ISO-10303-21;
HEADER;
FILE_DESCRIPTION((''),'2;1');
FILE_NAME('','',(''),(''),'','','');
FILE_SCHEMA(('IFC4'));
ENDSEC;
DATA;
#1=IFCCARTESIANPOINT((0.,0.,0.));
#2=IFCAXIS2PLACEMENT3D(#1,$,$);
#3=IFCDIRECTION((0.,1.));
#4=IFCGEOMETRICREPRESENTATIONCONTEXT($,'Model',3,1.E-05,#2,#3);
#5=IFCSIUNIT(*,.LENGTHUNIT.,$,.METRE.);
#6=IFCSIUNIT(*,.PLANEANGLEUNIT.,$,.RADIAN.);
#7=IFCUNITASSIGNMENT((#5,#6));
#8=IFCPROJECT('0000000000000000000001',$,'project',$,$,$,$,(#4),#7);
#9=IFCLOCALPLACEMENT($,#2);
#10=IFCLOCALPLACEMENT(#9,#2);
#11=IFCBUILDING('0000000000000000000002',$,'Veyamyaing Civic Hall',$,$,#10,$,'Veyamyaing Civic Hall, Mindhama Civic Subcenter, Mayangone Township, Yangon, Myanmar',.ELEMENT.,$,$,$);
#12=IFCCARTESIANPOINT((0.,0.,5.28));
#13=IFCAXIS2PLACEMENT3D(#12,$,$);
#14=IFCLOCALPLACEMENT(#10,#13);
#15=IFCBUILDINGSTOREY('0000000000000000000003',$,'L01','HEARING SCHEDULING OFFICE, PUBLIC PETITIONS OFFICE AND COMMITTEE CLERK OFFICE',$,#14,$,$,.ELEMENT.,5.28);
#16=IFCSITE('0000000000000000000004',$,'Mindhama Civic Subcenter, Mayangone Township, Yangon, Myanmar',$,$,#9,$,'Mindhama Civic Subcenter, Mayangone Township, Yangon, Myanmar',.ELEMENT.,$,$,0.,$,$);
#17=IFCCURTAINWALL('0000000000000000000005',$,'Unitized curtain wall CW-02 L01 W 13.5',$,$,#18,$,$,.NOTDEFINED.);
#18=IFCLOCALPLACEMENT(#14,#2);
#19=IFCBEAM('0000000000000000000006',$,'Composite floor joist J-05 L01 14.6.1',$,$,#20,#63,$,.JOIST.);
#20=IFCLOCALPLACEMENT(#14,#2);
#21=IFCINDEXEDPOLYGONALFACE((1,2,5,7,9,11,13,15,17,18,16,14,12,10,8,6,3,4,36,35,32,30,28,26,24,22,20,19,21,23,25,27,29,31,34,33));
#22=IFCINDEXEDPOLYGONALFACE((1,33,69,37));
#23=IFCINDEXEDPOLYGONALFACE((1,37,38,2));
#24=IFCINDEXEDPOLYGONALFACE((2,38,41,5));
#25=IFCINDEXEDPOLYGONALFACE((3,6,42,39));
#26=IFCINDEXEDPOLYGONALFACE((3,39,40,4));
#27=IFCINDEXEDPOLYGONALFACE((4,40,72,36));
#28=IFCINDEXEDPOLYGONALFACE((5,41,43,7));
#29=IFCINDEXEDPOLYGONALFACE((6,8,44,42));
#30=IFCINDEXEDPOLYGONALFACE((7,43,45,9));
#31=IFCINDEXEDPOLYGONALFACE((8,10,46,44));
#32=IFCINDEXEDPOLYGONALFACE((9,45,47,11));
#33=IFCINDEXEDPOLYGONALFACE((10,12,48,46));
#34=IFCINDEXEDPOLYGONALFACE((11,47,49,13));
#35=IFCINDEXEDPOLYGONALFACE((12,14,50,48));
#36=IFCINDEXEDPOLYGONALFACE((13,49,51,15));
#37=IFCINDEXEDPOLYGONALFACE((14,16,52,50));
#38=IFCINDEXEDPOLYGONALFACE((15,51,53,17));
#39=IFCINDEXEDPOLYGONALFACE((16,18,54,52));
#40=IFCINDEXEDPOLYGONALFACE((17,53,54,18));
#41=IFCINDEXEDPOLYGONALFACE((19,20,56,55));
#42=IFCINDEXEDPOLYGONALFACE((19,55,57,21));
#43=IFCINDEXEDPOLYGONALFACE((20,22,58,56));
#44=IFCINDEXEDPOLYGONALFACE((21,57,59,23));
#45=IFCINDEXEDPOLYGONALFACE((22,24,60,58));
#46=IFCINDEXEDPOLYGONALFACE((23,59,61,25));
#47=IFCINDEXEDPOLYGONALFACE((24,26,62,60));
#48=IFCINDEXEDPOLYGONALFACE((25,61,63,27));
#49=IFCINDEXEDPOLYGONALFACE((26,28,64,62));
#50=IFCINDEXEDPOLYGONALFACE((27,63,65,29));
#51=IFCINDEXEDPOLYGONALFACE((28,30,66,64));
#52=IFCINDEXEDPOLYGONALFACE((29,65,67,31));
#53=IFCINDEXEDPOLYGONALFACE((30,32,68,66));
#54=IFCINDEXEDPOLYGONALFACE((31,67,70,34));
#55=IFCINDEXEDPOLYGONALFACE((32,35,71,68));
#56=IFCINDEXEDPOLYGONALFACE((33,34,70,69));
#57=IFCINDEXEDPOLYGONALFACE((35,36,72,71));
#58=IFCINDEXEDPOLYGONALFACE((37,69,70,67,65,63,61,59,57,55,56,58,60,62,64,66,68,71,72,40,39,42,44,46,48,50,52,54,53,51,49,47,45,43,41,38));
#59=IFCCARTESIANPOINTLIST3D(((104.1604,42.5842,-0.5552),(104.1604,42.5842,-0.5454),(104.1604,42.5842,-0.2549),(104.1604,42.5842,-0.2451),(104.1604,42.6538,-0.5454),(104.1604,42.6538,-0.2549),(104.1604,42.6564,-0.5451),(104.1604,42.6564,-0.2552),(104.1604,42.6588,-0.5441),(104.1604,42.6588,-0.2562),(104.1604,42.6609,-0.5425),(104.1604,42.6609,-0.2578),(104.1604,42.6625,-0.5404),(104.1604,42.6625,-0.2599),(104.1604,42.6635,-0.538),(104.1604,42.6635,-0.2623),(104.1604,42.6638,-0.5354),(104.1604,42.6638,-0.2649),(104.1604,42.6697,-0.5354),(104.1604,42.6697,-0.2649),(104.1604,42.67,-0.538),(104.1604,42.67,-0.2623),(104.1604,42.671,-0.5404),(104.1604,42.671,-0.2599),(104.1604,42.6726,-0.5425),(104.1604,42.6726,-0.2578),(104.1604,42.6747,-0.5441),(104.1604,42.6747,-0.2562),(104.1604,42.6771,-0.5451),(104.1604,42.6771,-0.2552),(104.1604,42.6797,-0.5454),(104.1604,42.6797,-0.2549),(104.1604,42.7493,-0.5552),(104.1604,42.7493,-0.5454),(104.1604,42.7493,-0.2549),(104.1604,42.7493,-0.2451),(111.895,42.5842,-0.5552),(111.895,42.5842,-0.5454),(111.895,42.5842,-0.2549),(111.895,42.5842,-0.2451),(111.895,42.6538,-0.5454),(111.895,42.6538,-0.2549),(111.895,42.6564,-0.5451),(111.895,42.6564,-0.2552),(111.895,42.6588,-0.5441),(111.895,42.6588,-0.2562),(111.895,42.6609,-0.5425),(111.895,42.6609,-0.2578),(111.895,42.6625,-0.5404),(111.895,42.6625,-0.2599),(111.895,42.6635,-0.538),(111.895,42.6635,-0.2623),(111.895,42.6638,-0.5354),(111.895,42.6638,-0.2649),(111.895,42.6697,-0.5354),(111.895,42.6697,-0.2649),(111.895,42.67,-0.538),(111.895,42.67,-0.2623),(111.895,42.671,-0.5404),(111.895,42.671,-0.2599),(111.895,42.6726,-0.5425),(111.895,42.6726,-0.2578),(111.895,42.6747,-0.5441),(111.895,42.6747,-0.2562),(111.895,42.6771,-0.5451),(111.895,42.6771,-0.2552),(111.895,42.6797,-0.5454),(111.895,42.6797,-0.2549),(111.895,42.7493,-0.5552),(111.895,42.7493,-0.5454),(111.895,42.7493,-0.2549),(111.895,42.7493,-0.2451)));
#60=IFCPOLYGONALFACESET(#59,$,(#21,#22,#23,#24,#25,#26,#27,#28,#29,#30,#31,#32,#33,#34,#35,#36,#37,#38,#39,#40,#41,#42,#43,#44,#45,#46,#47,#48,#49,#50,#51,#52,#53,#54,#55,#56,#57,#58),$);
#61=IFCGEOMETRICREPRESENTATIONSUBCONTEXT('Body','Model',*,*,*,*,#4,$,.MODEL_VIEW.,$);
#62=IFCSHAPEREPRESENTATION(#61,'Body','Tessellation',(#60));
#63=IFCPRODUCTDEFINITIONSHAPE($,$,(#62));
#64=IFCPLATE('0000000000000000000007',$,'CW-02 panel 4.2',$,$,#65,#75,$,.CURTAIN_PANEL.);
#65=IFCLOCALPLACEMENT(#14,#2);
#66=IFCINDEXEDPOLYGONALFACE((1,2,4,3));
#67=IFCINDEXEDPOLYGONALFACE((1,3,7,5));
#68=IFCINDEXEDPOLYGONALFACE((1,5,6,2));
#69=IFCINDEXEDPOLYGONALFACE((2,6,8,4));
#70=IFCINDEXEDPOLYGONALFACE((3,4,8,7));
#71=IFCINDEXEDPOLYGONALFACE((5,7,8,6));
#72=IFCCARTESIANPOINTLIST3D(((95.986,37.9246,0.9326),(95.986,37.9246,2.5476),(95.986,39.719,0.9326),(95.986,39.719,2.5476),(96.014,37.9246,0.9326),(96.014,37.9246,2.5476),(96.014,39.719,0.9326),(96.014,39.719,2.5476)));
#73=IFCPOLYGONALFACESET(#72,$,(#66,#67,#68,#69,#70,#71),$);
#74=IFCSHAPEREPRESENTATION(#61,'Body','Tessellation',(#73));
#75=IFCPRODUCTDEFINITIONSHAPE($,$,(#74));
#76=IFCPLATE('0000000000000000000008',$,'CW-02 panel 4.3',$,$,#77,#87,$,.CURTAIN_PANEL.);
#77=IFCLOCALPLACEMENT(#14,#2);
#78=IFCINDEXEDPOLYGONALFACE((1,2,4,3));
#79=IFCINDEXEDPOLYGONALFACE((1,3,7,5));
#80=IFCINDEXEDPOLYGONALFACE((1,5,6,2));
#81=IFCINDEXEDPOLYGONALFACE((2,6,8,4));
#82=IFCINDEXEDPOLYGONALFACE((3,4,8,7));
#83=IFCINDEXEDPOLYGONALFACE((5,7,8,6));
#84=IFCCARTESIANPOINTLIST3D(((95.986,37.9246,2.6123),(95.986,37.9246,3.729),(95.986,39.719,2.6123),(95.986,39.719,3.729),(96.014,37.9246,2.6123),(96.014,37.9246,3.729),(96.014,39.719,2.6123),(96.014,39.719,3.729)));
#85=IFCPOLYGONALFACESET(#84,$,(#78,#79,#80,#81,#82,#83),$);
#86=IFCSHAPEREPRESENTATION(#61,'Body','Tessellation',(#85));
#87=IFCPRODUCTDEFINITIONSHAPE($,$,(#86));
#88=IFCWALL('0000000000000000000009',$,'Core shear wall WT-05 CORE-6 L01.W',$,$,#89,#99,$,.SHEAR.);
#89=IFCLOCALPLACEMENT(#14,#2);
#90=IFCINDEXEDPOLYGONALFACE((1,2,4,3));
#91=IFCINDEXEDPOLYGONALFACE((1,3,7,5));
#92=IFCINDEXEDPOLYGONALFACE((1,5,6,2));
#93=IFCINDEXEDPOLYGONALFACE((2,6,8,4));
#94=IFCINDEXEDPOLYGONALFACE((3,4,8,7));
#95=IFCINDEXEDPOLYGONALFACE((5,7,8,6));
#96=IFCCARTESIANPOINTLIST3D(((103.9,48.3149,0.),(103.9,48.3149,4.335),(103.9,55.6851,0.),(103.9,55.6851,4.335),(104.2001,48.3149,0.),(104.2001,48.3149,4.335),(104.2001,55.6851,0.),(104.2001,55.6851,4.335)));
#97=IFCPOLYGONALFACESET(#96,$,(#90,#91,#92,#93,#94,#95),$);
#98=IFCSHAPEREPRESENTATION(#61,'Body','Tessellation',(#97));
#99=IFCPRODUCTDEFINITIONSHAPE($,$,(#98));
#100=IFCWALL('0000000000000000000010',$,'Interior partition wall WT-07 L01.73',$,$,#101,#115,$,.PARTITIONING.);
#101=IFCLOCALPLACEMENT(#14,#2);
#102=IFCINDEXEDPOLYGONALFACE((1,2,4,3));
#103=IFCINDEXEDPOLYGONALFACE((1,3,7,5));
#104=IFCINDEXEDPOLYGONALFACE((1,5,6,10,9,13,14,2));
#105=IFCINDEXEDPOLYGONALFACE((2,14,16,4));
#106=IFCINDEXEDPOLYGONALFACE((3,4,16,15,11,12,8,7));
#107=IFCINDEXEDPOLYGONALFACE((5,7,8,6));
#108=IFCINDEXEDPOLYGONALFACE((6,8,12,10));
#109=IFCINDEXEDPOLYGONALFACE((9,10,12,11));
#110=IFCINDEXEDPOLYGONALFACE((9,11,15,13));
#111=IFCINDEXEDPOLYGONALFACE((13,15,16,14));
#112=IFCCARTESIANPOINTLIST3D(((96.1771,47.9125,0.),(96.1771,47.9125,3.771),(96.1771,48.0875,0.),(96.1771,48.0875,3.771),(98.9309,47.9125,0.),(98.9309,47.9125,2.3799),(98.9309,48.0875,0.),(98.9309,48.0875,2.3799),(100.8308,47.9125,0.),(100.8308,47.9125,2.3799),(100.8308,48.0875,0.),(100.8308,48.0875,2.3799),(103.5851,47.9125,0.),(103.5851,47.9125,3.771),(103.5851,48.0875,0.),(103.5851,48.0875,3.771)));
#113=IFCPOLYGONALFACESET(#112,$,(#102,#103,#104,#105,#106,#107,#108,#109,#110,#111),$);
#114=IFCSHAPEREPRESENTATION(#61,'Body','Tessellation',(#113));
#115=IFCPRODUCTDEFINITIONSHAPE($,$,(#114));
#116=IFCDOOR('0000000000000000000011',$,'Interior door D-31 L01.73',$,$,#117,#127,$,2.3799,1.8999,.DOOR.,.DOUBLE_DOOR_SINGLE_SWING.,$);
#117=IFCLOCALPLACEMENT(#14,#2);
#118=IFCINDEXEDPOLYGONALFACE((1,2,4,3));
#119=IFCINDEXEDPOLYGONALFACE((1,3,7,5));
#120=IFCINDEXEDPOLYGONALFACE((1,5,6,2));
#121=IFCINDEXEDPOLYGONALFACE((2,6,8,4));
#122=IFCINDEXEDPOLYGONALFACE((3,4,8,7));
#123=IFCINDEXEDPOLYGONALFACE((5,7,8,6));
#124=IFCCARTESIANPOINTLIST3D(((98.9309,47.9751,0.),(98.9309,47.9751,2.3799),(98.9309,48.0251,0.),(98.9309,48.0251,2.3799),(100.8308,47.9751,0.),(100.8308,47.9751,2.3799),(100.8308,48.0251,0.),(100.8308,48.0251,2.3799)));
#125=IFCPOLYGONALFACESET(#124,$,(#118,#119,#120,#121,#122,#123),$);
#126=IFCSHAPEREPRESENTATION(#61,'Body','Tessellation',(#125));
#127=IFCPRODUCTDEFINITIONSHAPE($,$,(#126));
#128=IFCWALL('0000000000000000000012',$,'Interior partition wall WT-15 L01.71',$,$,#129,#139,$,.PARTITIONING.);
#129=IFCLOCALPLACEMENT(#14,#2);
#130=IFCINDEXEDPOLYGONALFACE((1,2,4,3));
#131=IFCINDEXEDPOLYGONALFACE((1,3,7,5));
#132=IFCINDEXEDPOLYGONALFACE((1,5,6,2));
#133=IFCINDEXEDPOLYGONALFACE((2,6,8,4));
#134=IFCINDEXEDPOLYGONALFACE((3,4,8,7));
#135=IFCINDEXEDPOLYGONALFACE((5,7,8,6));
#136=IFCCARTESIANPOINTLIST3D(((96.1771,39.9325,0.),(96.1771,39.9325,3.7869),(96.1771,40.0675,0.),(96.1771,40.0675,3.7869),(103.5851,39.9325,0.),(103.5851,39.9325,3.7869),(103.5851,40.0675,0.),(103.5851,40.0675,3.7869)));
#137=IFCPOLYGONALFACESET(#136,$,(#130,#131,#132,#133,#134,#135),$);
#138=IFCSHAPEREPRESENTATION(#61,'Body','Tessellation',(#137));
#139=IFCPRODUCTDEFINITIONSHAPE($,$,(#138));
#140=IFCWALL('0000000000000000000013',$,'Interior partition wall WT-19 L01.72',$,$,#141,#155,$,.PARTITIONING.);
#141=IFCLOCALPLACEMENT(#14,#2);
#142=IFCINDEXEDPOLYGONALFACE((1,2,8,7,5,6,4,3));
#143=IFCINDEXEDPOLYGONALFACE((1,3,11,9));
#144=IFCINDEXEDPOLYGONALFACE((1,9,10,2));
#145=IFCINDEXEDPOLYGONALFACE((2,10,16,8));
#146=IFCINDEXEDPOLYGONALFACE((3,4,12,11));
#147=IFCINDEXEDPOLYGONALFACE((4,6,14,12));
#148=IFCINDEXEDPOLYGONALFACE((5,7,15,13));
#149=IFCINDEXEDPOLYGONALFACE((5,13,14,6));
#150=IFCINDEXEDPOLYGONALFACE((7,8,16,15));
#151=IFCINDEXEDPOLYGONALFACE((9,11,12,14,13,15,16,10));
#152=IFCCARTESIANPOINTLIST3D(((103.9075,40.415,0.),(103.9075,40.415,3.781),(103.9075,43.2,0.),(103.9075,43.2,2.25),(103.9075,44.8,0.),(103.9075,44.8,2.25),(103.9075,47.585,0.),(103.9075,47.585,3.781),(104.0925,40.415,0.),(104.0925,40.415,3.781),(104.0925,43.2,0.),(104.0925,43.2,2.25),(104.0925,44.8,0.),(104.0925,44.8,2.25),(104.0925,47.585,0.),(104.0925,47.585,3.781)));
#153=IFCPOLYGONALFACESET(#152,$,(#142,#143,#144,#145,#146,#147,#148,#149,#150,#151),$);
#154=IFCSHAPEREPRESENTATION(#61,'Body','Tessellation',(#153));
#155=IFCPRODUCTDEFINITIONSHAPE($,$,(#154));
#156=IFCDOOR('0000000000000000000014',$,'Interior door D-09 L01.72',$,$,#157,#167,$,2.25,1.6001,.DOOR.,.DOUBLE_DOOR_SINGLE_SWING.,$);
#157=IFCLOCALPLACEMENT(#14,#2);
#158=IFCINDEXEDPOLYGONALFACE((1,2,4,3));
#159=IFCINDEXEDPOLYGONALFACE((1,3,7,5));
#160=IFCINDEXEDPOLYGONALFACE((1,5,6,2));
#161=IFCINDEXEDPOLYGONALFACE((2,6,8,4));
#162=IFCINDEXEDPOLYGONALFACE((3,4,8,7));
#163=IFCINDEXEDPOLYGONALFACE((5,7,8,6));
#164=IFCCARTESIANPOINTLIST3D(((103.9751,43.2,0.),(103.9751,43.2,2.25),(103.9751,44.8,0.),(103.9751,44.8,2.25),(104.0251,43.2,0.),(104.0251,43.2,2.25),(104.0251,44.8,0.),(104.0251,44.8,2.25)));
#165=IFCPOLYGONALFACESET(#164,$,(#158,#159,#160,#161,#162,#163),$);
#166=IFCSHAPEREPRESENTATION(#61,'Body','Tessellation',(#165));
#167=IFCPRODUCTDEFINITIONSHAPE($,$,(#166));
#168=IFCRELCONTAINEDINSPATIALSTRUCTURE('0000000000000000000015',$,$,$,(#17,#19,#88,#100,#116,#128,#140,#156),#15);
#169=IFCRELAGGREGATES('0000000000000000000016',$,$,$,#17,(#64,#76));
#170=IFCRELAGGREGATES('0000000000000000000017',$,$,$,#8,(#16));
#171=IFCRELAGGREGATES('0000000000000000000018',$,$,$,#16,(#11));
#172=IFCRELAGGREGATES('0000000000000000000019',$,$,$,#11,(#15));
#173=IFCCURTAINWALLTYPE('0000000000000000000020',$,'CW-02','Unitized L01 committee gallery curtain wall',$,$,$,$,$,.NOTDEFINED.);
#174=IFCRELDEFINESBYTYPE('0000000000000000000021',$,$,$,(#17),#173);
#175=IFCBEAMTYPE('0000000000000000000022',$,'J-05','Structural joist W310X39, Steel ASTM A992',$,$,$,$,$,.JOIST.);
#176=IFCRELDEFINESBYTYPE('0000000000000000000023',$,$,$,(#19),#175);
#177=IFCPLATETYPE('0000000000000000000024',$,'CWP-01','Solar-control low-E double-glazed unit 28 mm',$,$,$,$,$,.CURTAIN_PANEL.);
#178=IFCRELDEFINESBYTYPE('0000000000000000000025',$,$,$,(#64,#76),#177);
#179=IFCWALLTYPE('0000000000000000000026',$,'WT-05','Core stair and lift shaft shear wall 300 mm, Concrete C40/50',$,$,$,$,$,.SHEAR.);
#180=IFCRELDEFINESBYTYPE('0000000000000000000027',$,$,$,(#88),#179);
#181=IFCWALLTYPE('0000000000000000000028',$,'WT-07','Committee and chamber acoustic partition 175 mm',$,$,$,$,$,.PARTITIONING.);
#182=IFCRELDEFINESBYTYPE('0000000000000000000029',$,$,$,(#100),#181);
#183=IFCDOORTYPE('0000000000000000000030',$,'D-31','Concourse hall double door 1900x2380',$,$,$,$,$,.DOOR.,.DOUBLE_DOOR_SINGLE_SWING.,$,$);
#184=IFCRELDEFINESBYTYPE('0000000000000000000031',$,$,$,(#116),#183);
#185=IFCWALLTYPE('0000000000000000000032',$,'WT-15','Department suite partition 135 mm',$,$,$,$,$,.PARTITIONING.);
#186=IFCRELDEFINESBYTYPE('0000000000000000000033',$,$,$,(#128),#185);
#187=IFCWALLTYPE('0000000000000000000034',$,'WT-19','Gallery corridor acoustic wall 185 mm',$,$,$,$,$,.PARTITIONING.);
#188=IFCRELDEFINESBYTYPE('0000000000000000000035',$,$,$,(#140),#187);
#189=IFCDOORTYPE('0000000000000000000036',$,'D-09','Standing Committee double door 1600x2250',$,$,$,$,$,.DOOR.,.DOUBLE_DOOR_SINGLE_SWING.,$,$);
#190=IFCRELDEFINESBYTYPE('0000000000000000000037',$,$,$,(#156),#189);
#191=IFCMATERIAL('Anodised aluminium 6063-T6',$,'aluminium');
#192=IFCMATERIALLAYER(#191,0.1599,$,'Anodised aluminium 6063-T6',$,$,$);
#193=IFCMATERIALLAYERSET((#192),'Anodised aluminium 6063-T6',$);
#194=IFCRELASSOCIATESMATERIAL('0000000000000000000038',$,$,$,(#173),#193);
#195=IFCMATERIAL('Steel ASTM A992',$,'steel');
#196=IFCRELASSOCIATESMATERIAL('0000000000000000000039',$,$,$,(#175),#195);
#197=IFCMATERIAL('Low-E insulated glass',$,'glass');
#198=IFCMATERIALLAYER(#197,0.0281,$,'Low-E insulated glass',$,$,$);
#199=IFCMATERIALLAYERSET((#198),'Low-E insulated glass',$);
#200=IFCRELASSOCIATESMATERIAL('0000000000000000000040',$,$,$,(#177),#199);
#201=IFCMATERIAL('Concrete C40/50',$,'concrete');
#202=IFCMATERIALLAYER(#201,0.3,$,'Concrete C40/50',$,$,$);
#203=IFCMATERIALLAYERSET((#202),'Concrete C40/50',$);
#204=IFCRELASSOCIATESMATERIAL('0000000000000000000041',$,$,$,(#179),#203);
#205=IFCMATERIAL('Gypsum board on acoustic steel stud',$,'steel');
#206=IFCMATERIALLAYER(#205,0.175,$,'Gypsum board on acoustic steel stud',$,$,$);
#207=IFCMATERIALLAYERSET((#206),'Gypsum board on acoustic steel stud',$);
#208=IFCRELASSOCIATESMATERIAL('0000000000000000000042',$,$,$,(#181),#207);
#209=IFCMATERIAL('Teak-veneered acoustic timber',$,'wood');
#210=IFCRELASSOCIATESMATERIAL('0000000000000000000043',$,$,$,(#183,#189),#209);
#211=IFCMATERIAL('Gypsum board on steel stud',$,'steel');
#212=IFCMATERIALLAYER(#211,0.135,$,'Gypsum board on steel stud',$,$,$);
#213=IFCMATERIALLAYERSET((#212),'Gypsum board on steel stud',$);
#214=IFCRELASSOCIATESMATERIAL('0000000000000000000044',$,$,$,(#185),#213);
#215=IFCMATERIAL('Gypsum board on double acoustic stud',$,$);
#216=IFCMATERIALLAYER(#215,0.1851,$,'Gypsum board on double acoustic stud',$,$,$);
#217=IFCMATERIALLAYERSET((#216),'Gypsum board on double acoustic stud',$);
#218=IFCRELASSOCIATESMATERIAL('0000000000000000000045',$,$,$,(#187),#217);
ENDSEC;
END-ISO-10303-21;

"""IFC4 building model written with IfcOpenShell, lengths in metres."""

from ifc_helpers import new_model, si_unit, direction, frame, frame_2d, origin, origin_2d, place, context, subcontext, project, spatial, rectangle, i_section, extrude, material, layer, layer_set, material_profile, profile_set, type_object, element, fill, aggregate, save


model = new_model("IFC4")

# Units and contexts
model_context = context("Model", 3, precision=1e-05, world=origin(), true_north=direction((0.0, 1.0)))
body_context = subcontext(model_context, "Body", "Model", "MODEL_VIEW")
ifc_project = project(units=[si_unit("LENGTHUNIT", "METRE"), si_unit("PLANEANGLEUNIT", "RADIAN")], contexts=[model_context])

# Site, building, storey
site_placement = place(None, origin())
site = spatial("IfcSite", under=ifc_project, at=site_placement, Name="Mindhama Civic Subcenter, Mayangone Township, Yangon, Myanmar", LongName="Mindhama Civic Subcenter, Mayangone Township, Yangon, Myanmar", CompositionType="ELEMENT", RefElevation=0.0)
building_placement = place(site_placement, origin())
building = spatial("IfcBuilding", under=site, at=building_placement, Name="Veyamyaing Civic Hall", LongName="Veyamyaing Civic Hall, Mindhama Civic Subcenter, Mayangone Township, Yangon, Myanmar", CompositionType="ELEMENT")
storey_placement = place(building_placement, frame((0.0, 0.0, 5.28)))
storey = spatial("IfcBuildingStorey", under=building, at=storey_placement, Name="L01", Description="HEARING SCHEDULING OFFICE, PUBLIC PETITIONS OFFICE AND COMMITTEE CLERK OFFICE", CompositionType="ELEMENT", Elevation=5.28)

# Shared definitions
ifc_material_1 = material(Name="Steel ASTM A992", Category="steel")

# Curtain wall
ifc_material_2 = material(Name="Anodised aluminium 6063-T6", Category="aluminium")
ifc_layer_1 = layer(ifc_material_2, 0.1599, Name="Anodised aluminium 6063-T6")
ifc_layer_set_1 = layer_set([ifc_layer_1], Name="Anodised aluminium 6063-T6")
curtain_wall_type = type_object("IfcCurtainWallType", Name="CW-02", Description="Unitized L01 committee gallery curtain wall", PredefinedType="NOTDEFINED", material=ifc_layer_set_1)
curtain_wall_placement = place(storey_placement, origin())
curtain_wall = element("IfcCurtainWall", 1, at=curtain_wall_placement, inside=storey, type_object=curtain_wall_type, Name="Unitized curtain wall CW-02 L01 W 13.5", PredefinedType="NOTDEFINED")

# Beam
ifc_material_profile_1 = material_profile(ifc_material_1, i_section(OverallWidth=0.165, OverallDepth=0.3101, WebThickness=0.0059, FlangeThickness=0.0098, FilletRadius=0.01, at=origin_2d()), Name="W310X39")
ifc_profile_set_1 = profile_set([ifc_material_profile_1], Name="Steel ASTM A992")
beam_type_1 = type_object("IfcBeamType", Name="J-05", Description="Structural joist W310X39, Steel ASTM A992", PredefinedType="JOIST", material=ifc_profile_set_1)
beam_1_placement = place(storey_placement, frame((104.1604, 42.6667, -0.4001), z_axis=(1.0, 0.0, 0.0), x_axis=(0.0, 1.0, 0.0)))
element("IfcBeam", 2, at=beam_1_placement, inside=storey, type_object=beam_type_1, Name="Composite floor joist J-05 L01 14.6.1", PredefinedType="JOIST", context=body_context, shape_type="SweptSolid", body=[
    extrude(i_section(OverallWidth=0.165, OverallDepth=0.3101, WebThickness=0.0059, FlangeThickness=0.0098, FilletRadius=0.01, at=origin_2d()), origin(), (0.0, 0.0, 1.0), 7.7346),
])

# Plates
ifc_material_3 = material(Name="Low-E insulated glass", Category="glass")
ifc_layer_2 = layer(ifc_material_3, 0.0281, Name="Low-E insulated glass")
ifc_layer_set_2 = layer_set([ifc_layer_2], Name="Low-E insulated glass")
plate_type = type_object("IfcPlateType", Name="CWP-01", Description="Solar-control low-E double-glazed unit 28 mm", PredefinedType="CURTAIN_PANEL", material=ifc_layer_set_2)
plate_1_placement = place(storey_placement, frame((96.0, 38.8218, 0.9326), z_axis=(0.0, 0.0, 1.0), x_axis=(0.0, 1.0, 0.0)))
plate_1 = element("IfcPlate", 3, at=plate_1_placement, type_object=plate_type, Name="CW-02 panel 4.2", PredefinedType="CURTAIN_PANEL", context=body_context, shape_type="SweptSolid", body=[
    extrude(rectangle(XDim=1.7944, YDim=0.0281, at=origin_2d()), origin(), (0.0, 0.0, 1.0), 1.615),
])
plate_2_placement = place(storey_placement, frame((96.0, 38.8218, 2.6123), z_axis=(0.0, 0.0, 1.0), x_axis=(0.0, 1.0, 0.0)))
plate_2 = element("IfcPlate", 4, at=plate_2_placement, type_object=plate_type, Name="CW-02 panel 4.3", PredefinedType="CURTAIN_PANEL", context=body_context, shape_type="SweptSolid", body=[
    extrude(rectangle(XDim=1.7944, YDim=0.0281, at=origin_2d()), origin(), (0.0, 0.0, 1.0), 1.1167),
])
aggregate(curtain_wall, [plate_1, plate_2])

# Wall
ifc_material_4 = material(Name="Concrete C40/50", Category="concrete")
ifc_layer_3 = layer(ifc_material_4, 0.3, Name="Concrete C40/50")
ifc_layer_set_3 = layer_set([ifc_layer_3], Name="Concrete C40/50")
wall_type_1 = type_object("IfcWallType", Name="WT-05", Description="Core stair and lift shaft shear wall 300 mm, Concrete C40/50", PredefinedType="SHEAR", material=ifc_layer_set_3)
wall_1_placement = place(storey_placement, frame((104.05, 48.3149, 0.0), z_axis=(0.0, 0.0, 1.0), x_axis=(0.0, 1.0, 0.0)))
element("IfcWall", 5, at=wall_1_placement, inside=storey, type_object=wall_type_1, Name="Core shear wall WT-05 CORE-6 L01.W", PredefinedType="SHEAR", context=body_context, shape_type="SweptSolid", body=[
    extrude(rectangle(XDim=7.3701, YDim=0.3, at=frame_2d((3.6851, 0.0))), origin(), (0.0, 0.0, 1.0), 4.335),
])

# Wall, opening, door
ifc_material_5 = material(Name="Gypsum board on acoustic steel stud", Category="steel")
ifc_layer_4 = layer(ifc_material_5, 0.175, Name="Gypsum board on acoustic steel stud")
ifc_layer_set_4 = layer_set([ifc_layer_4], Name="Gypsum board on acoustic steel stud")
wall_type_2 = type_object("IfcWallType", Name="WT-07", Description="Committee and chamber acoustic partition 175 mm", PredefinedType="PARTITIONING", material=ifc_layer_set_4)
wall_2_placement = place(storey_placement, frame((96.177, 48.0, 0.0), z_axis=(0.0, 0.0, 1.0), x_axis=(1.0, 0.0, 0.0)))
wall_2 = element("IfcWall", 6, at=wall_2_placement, inside=storey, type_object=wall_type_2, Name="Interior partition wall WT-07 L01.73", PredefinedType="PARTITIONING", context=body_context, shape_type="SweptSolid", body=[
    extrude(rectangle(XDim=7.408, YDim=0.175, at=frame_2d((3.7041, 0.0))), origin(), (0.0, 0.0, 1.0), 3.771),
])
opening_1_placement = place(wall_2_placement, frame((2.7539, 0.0, 0.0)))
opening_1 = element("IfcOpeningElement", 7, at=opening_1_placement, cuts=wall_2, PredefinedType="OPENING", context=body_context, shape_type="SweptSolid", body=[
    extrude(rectangle(XDim=1.8999, YDim=2.3799, at=frame_2d((0.95, 1.1899))), frame((0.0, 0.0974, 0.0), z_axis=(0.0, -1.0, 0.0), x_axis=(1.0, 0.0, 0.0)), (0.0, 0.0, 1.0), 0.1951),
])
ifc_material_6 = material(Name="Teak-veneered acoustic timber", Category="wood")
door_type_1 = type_object("IfcDoorType", Name="D-31", Description="Concourse hall double door 1900x2380", OperationType="DOUBLE_DOOR_SINGLE_SWING", PredefinedType="DOOR", material=ifc_material_6)
door_1_placement = place(opening_1_placement, frame((1.8999, 0.0, 0.0), z_axis=(0.0, 0.0, 1.0), x_axis=(-1.0, 0.0, 0.0)))
door_1 = element("IfcDoor", 8, at=door_1_placement, inside=storey, type_object=door_type_1, Name="Interior door D-31 L01.73", OperationType="DOUBLE_DOOR_SINGLE_SWING", OverallHeight=2.3799, OverallWidth=1.8999, PredefinedType="DOOR", context=body_context, shape_type="SweptSolid", body=[
    extrude(rectangle(XDim=1.8999, YDim=2.3799, at=frame_2d((0.95, 1.1899))), frame((0.0, 0.0249, 0.0), z_axis=(0.0, -1.0, 0.0), x_axis=(1.0, 0.0, 0.0)), (0.0, 0.0, 1.0), 0.05),
])
fill(opening_1, door_1)

# Wall
ifc_material_7 = material(Name="Gypsum board on steel stud", Category="steel")
ifc_layer_5 = layer(ifc_material_7, 0.135, Name="Gypsum board on steel stud")
ifc_layer_set_5 = layer_set([ifc_layer_5], Name="Gypsum board on steel stud")
wall_type_3 = type_object("IfcWallType", Name="WT-15", Description="Department suite partition 135 mm", PredefinedType="PARTITIONING", material=ifc_layer_set_5)
wall_3_placement = place(storey_placement, frame((96.177, 40.0, 0.0), z_axis=(0.0, 0.0, 1.0), x_axis=(1.0, 0.0, 0.0)))
element("IfcWall", 9, at=wall_3_placement, inside=storey, type_object=wall_type_3, Name="Interior partition wall WT-15 L01.71", PredefinedType="PARTITIONING", context=body_context, shape_type="SweptSolid", body=[
    extrude(rectangle(XDim=7.408, YDim=0.135, at=frame_2d((3.7041, 0.0))), origin(), (0.0, 0.0, 1.0), 3.7869),
])

# Wall, opening, door
ifc_material_8 = material(Name="Gypsum board on double acoustic stud")
ifc_layer_6 = layer(ifc_material_8, 0.1851, Name="Gypsum board on double acoustic stud")
ifc_layer_set_6 = layer_set([ifc_layer_6], Name="Gypsum board on double acoustic stud")
wall_type_4 = type_object("IfcWallType", Name="WT-19", Description="Gallery corridor acoustic wall 185 mm", PredefinedType="PARTITIONING", material=ifc_layer_set_6)
wall_4_placement = place(storey_placement, frame((104.0, 40.415, 0.0), z_axis=(0.0, 0.0, 1.0), x_axis=(0.0, 1.0, 0.0)))
wall_4 = element("IfcWall", 10, at=wall_4_placement, inside=storey, type_object=wall_type_4, Name="Interior partition wall WT-19 L01.72", PredefinedType="PARTITIONING", context=body_context, shape_type="SweptSolid", body=[
    extrude(rectangle(XDim=7.1699, YDim=0.1851, at=frame_2d((3.585, 0.0))), origin(), (0.0, 0.0, 1.0), 3.781),
])
opening_2_placement = place(wall_4_placement, frame((2.7849, 0.0, 0.0)))
opening_2 = element("IfcOpeningElement", 11, at=opening_2_placement, cuts=wall_4, PredefinedType="OPENING", context=body_context, shape_type="SweptSolid", body=[
    extrude(rectangle(XDim=1.6001, YDim=2.25, at=frame_2d((0.8, 1.125))), frame((0.0, 0.1025, 0.0), z_axis=(0.0, -1.0, 0.0), x_axis=(1.0, 0.0, 0.0)), (0.0, 0.0, 1.0), 0.2051),
])
door_type_2 = type_object("IfcDoorType", Name="D-09", Description="Standing Committee double door 1600x2250", OperationType="DOUBLE_DOOR_SINGLE_SWING", PredefinedType="DOOR", material=ifc_material_6)
door_2_placement = place(opening_2_placement, origin())
door_2 = element("IfcDoor", 12, at=door_2_placement, inside=storey, type_object=door_type_2, Name="Interior door D-09 L01.72", OperationType="DOUBLE_DOOR_SINGLE_SWING", OverallHeight=2.25, OverallWidth=1.6001, PredefinedType="DOOR", context=body_context, shape_type="SweptSolid", body=[
    extrude(rectangle(XDim=1.6001, YDim=2.25, at=frame_2d((0.8, 1.125))), frame((0.0, 0.0249, 0.0), z_axis=(0.0, -1.0, 0.0), x_axis=(1.0, 0.0, 0.0)), (0.0, 0.0, 1.0), 0.05),
])
fill(opening_2, door_2)

save(model, "model.ifc")
